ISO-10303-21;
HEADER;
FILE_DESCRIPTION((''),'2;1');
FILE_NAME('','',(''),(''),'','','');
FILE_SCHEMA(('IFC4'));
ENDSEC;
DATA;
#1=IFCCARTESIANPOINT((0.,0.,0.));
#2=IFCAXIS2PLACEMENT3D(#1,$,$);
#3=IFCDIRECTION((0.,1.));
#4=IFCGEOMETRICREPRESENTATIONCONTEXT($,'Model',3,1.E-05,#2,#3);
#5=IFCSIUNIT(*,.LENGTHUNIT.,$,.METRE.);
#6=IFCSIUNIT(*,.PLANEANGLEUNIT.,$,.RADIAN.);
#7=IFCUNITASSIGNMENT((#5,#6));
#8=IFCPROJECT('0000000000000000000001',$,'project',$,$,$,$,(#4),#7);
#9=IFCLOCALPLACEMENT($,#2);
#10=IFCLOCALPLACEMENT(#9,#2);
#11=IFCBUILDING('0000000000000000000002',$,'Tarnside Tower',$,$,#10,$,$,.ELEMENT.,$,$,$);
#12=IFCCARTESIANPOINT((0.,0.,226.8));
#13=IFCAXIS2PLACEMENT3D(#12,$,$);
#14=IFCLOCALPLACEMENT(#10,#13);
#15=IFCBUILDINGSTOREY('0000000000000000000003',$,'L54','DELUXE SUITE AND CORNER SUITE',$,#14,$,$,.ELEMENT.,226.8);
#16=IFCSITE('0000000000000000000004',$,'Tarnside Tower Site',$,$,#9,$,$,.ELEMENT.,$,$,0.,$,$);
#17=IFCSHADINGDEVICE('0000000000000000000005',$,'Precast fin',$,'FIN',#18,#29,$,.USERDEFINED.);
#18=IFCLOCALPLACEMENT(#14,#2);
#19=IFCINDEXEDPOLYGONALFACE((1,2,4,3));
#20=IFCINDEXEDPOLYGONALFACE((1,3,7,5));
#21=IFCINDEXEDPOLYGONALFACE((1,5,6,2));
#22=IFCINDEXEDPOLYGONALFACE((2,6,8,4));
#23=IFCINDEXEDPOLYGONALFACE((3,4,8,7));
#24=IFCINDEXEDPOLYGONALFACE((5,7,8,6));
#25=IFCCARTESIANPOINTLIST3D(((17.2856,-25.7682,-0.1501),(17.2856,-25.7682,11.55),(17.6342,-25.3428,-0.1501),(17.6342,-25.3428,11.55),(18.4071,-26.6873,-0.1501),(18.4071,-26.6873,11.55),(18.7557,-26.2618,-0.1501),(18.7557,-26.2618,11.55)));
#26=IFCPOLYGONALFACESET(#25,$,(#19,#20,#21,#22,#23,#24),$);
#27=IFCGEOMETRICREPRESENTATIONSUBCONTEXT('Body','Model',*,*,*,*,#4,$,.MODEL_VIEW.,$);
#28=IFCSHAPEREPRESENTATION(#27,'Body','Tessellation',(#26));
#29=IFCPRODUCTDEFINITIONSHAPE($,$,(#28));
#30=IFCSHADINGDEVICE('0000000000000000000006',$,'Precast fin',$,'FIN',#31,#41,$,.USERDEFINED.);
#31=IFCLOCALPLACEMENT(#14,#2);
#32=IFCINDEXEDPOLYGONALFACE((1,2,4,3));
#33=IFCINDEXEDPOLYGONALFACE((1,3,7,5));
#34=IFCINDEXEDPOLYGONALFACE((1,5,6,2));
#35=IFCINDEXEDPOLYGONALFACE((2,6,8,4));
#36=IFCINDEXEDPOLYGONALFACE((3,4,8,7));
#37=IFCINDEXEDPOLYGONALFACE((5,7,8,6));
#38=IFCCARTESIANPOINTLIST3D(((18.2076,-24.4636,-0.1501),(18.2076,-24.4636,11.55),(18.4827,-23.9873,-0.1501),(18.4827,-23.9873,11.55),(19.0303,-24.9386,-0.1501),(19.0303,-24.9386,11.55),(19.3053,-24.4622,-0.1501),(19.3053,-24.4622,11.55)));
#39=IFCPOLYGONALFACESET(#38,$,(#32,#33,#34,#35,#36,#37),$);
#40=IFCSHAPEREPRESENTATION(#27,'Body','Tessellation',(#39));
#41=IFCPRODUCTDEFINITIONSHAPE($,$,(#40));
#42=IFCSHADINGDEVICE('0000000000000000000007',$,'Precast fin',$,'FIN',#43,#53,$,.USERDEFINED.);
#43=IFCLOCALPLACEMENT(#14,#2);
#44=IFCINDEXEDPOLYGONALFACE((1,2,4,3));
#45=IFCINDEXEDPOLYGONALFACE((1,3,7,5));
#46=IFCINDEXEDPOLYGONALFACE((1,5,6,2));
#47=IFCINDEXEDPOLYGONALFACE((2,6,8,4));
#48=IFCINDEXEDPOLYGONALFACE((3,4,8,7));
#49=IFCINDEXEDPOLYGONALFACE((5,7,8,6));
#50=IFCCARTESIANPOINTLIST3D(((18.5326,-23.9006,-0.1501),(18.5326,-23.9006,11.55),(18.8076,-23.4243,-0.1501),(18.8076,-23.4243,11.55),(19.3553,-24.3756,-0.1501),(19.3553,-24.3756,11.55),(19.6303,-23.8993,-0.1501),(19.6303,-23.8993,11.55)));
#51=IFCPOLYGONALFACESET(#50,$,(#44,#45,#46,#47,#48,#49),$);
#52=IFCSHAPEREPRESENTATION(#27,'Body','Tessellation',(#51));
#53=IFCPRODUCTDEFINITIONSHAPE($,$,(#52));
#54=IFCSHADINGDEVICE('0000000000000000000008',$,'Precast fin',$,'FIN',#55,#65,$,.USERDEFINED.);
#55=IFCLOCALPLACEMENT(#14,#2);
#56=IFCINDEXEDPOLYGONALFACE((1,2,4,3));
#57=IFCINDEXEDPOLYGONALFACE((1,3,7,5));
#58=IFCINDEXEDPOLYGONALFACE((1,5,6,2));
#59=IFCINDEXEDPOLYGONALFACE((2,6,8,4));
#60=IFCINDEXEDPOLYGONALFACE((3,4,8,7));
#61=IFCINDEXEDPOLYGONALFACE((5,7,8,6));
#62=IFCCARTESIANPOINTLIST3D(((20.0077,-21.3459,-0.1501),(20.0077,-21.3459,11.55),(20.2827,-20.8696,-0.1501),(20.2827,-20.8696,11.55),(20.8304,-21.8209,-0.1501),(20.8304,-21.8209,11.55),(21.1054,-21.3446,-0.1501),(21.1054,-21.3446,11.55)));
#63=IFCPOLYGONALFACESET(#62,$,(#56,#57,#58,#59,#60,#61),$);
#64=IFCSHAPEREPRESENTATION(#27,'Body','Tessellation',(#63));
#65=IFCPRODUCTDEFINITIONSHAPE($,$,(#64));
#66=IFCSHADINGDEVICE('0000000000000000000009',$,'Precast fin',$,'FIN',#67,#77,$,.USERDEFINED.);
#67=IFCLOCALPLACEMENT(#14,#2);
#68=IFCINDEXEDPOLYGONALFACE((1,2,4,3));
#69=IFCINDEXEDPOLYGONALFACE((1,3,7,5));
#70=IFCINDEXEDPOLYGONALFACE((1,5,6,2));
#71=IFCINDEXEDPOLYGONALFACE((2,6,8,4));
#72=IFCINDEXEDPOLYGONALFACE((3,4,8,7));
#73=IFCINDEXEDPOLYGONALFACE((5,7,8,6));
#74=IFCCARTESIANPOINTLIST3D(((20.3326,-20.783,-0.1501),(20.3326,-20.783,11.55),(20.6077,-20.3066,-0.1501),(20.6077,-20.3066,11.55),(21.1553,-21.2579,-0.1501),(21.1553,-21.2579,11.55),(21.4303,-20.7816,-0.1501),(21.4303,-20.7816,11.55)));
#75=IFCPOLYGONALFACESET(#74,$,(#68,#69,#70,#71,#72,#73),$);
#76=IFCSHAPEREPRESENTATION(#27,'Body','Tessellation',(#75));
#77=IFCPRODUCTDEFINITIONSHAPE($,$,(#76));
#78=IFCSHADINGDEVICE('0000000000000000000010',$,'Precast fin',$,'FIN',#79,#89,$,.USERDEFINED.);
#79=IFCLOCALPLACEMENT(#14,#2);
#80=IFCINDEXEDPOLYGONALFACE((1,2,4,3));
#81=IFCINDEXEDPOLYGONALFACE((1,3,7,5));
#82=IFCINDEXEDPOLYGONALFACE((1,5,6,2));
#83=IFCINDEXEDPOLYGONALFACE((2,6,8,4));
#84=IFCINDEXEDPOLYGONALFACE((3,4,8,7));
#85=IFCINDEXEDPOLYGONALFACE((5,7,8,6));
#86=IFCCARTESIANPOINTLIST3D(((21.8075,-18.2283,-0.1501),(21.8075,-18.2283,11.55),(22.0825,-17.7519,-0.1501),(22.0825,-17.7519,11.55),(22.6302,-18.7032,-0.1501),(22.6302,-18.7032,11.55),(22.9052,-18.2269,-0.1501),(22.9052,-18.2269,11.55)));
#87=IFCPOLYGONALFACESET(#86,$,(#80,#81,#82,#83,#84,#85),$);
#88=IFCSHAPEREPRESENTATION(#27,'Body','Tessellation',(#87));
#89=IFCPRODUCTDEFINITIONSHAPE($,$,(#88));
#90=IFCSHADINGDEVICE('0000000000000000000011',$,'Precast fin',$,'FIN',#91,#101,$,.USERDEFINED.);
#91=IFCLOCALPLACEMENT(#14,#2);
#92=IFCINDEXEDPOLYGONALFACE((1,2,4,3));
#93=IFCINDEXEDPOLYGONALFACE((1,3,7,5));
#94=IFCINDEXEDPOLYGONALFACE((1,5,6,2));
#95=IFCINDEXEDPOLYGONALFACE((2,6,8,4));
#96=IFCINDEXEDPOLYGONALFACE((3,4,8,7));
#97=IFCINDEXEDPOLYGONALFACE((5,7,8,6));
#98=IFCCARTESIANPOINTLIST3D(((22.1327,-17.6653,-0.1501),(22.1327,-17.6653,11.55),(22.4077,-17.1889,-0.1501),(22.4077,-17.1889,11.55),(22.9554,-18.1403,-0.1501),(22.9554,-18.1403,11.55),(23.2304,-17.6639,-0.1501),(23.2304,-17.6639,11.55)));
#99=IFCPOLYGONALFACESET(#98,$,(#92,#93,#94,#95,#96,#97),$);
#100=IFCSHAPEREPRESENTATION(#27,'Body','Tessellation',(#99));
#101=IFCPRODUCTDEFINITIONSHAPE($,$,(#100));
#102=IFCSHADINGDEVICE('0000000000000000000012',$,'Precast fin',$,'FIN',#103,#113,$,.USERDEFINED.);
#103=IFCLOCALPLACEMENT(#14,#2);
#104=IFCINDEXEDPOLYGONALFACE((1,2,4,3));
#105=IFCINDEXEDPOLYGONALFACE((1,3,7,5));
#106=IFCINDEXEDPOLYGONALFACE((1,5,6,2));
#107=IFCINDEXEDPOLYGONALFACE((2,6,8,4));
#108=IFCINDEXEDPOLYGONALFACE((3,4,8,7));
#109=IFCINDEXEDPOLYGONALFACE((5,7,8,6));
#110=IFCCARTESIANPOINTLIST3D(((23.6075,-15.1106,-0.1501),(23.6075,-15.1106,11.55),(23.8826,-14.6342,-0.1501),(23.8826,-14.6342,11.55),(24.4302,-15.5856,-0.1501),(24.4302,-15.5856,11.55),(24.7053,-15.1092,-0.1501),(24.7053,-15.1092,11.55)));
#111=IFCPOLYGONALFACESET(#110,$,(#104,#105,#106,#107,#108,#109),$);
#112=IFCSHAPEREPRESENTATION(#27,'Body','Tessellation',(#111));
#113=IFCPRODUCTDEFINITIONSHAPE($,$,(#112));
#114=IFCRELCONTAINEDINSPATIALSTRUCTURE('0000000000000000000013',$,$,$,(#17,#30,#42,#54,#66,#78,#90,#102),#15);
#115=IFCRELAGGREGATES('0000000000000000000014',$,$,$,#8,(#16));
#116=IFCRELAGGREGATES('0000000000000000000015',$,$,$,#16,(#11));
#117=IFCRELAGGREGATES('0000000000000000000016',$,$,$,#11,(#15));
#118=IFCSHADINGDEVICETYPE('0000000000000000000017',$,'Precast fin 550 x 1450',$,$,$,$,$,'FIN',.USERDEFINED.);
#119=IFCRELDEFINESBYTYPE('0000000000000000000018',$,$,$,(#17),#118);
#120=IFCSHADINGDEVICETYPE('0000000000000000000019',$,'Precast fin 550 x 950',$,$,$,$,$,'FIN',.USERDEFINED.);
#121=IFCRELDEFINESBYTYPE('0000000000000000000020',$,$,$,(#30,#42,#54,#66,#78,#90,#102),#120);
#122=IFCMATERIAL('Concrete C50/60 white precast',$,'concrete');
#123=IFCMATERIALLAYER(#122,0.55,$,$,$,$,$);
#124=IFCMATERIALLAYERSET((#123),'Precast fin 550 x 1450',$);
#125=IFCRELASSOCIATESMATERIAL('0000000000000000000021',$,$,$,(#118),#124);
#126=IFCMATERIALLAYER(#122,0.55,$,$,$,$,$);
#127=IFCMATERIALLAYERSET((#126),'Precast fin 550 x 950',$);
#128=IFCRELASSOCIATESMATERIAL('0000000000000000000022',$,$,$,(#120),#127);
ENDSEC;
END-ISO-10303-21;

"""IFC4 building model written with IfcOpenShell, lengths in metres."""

from ifc_helpers import new_model, si_unit, direction, frame, origin, place, context, subcontext, project, spatial, polyline, outline, extrude, material, layer, layer_set, type_object, element, save


model = new_model("IFC4")

# Units and contexts
model_context = context("Model", 3, precision=1e-05, world=origin(), true_north=direction((0.0, 1.0)))
body_context = subcontext(model_context, "Body", "Model", "MODEL_VIEW")
ifc_project = project(units=[si_unit("LENGTHUNIT", "METRE"), si_unit("PLANEANGLEUNIT", "RADIAN")], contexts=[model_context])

# Site, building, storey
site_placement = place(None, origin())
site = spatial("IfcSite", under=ifc_project, at=site_placement, Name="Tarnside Tower Site", CompositionType="ELEMENT", RefElevation=0.0)
building_placement = place(site_placement, origin())
building = spatial("IfcBuilding", under=site, at=building_placement, Name="Tarnside Tower", CompositionType="ELEMENT")
storey_placement = place(building_placement, frame((0.0, 0.0, 226.8)))
storey = spatial("IfcBuildingStorey", under=building, at=storey_placement, Name="L54", Description="DELUXE SUITE AND CORNER SUITE", CompositionType="ELEMENT", Elevation=226.8)

# Shading devices
ifc_material_1 = material(Name="Concrete C50/60 white precast", Category="concrete")
ifc_layer_1 = layer(ifc_material_1, 0.55)
ifc_layer_set_1 = layer_set([ifc_layer_1], Name="Precast fin 550 x 1450")
shading_device_type_1 = type_object("IfcShadingDeviceType", Name="Precast fin 550 x 1450", ElementType="FIN", PredefinedType="USERDEFINED", material=ifc_layer_set_1)
for number, where, z_axis, x_axis, name in (
    (1, (17.46, -25.5554, -0.1501), (-0.633831, -0.773472, 0.0), (0.773472, -0.633831, 0.0), "Precast fin"),
):
    element("IfcShadingDevice", number, at=place(storey_placement, frame(where, z_axis=z_axis, x_axis=x_axis)), inside=storey, type_object=shading_device_type_1, Name=name, ObjectType="FIN", PredefinedType="USERDEFINED", context=body_context, shape_type="SweptSolid", body=[
        extrude(outline(polyline([(0.0, 0.0), (1.45, 0.0), (1.45, 11.7002), (0.0, 11.7002), (0.0, 0.0)])), frame((0.0, 0.0, -0.2749)), (0.0, 0.0, 1.0), 0.55),
    ])
ifc_layer_2 = layer(ifc_material_1, 0.55)
ifc_layer_set_2 = layer_set([ifc_layer_2], Name="Precast fin 550 x 950")
shading_device_type_2 = type_object("IfcShadingDeviceType", Name="Precast fin 550 x 950", ElementType="FIN", PredefinedType="USERDEFINED", material=ifc_layer_set_2)
for number, where, z_axis, x_axis, name in (
    (2, (18.3452, -24.2253, -0.1501), (-0.5, -0.866025, 0.0), (0.866025, -0.5, 0.0), "Precast fin"),
    (3, (18.6702, -23.6624, -0.1501), (-0.5, -0.866025, 0.0), (0.866025, -0.5, 0.0), "Precast fin"),
    (4, (20.1453, -21.1077, -0.1501), (-0.5, -0.866025, 0.0), (0.866025, -0.5, 0.0), "Precast fin"),
    (5, (20.4702, -20.5447, -0.1501), (-0.5, -0.866025, 0.0), (0.866025, -0.5, 0.0), "Precast fin"),
    (6, (21.9451, -17.99, -0.1501), (-0.5, -0.866025, 0.0), (0.866025, -0.5, 0.0), "Precast fin"),
    (7, (22.2703, -17.427, -0.1501), (-0.5, -0.866025, 0.0), (0.866025, -0.5, 0.0), "Precast fin"),
    (8, (23.7451, -14.8723, -0.1501), (-0.5, -0.866025, 0.0), (0.866025, -0.5, 0.0), "Precast fin"),
):
    element("IfcShadingDevice", number, at=place(storey_placement, frame(where, z_axis=z_axis, x_axis=x_axis)), inside=storey, type_object=shading_device_type_2, Name=name, ObjectType="FIN", PredefinedType="USERDEFINED", context=body_context, shape_type="SweptSolid", body=[
        extrude(outline(polyline([(0.0, 0.0), (0.95, 0.0), (0.95, 11.7002), (0.0, 11.7002), (0.0, 0.0)])), frame((0.0, 0.0, -0.2749)), (0.0, 0.0, 1.0), 0.55),
    ])

save(model, "model.ifc")
